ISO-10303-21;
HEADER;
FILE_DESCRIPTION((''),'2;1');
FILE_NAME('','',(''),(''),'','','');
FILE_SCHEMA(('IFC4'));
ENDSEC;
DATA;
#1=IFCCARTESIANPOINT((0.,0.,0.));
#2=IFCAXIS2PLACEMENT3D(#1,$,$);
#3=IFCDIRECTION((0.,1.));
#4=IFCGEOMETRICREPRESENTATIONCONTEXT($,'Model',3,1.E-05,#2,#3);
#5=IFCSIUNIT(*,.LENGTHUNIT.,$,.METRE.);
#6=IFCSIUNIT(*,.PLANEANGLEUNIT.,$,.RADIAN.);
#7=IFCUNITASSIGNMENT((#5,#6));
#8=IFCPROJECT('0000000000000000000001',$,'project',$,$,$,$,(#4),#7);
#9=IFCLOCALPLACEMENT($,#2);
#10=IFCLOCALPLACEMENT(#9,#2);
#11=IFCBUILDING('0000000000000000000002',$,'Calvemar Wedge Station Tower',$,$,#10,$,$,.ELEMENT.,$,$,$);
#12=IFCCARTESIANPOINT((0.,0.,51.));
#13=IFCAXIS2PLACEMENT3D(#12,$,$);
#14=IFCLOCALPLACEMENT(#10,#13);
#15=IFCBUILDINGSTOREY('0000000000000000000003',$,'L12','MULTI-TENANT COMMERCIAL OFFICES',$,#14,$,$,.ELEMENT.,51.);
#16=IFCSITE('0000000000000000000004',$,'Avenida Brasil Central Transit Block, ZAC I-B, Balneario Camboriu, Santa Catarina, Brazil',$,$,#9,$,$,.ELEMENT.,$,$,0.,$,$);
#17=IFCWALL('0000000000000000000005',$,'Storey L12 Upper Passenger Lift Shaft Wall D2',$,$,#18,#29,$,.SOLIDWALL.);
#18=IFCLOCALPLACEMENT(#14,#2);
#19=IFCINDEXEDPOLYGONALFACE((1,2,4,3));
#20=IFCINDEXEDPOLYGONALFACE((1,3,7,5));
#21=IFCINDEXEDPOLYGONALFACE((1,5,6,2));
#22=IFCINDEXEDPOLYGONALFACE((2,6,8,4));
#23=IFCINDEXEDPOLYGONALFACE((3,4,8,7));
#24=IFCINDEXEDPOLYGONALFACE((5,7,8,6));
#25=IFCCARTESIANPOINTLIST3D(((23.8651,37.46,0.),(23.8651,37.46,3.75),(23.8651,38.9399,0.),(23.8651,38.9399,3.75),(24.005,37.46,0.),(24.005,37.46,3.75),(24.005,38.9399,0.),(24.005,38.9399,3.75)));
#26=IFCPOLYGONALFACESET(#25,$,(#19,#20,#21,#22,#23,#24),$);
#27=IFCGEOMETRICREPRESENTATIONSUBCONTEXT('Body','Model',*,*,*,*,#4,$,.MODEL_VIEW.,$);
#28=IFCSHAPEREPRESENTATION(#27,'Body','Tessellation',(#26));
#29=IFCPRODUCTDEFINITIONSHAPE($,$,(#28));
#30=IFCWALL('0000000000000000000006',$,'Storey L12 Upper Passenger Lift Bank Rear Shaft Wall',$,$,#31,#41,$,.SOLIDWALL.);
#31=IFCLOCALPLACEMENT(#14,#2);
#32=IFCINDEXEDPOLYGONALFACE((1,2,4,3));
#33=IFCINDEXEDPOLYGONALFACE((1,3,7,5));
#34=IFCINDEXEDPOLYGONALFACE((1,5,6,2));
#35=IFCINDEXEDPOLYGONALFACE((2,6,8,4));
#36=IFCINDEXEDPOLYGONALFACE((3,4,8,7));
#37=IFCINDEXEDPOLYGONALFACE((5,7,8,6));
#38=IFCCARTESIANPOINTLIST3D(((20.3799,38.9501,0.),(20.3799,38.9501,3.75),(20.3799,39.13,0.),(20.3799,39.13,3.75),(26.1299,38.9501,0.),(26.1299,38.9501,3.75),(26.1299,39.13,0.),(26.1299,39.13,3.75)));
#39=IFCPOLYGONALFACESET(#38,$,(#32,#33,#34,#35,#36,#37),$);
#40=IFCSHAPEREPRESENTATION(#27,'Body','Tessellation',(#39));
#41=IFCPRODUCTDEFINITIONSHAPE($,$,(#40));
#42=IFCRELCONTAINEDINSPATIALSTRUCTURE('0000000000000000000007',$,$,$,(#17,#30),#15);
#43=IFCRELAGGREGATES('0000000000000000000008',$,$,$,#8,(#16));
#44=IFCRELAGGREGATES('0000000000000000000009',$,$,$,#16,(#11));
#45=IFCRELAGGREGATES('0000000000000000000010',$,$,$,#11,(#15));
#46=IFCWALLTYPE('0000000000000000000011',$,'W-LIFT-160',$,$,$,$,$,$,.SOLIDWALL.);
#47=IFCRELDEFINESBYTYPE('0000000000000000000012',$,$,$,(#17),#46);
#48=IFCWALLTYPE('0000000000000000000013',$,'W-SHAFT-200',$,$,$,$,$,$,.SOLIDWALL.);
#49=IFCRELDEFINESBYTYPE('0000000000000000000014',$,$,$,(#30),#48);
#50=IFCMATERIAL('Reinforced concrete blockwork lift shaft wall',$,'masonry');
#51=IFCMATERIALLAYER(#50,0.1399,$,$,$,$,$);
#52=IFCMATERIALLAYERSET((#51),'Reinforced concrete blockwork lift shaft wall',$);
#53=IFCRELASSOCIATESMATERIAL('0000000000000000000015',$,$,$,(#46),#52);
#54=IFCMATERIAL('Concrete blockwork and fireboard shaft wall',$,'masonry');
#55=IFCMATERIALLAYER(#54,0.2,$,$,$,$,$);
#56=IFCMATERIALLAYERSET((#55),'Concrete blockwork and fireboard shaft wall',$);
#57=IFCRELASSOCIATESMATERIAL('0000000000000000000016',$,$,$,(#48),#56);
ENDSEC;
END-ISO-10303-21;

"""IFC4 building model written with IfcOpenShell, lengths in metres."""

from ifc_helpers import new_model, si_unit, direction, frame, frame_2d, origin, place, context, subcontext, project, spatial, rectangle, extrude, material, layer, layer_set, type_object, element, save


model = new_model("IFC4")

# Units and contexts
model_context = context("Model", 3, precision=1e-05, world=origin(), true_north=direction((0.0, 1.0)))
body_context = subcontext(model_context, "Body", "Model", "MODEL_VIEW")
ifc_project = project(units=[si_unit("LENGTHUNIT", "METRE"), si_unit("PLANEANGLEUNIT", "RADIAN")], contexts=[model_context])

# Site, building, storey
site_placement = place(None, origin())
site = spatial("IfcSite", under=ifc_project, at=site_placement, Name="Avenida Brasil Central Transit Block, ZAC I-B, Balneario Camboriu, Santa Catarina, Brazil", CompositionType="ELEMENT", RefElevation=0.0)
building_placement = place(site_placement, origin())
building = spatial("IfcBuilding", under=site, at=building_placement, Name="Calvemar Wedge Station Tower", CompositionType="ELEMENT")
storey_placement = place(building_placement, frame((0.0, 0.0, 51.0)))
storey = spatial("IfcBuildingStorey", under=building, at=storey_placement, Name="L12", Description="MULTI-TENANT COMMERCIAL OFFICES", CompositionType="ELEMENT", Elevation=51.0)

# Shared definitions
ifc_material_1 = material(Name="Reinforced concrete blockwork lift shaft wall", Category="masonry")
ifc_layer_1 = layer(ifc_material_1, 0.1399)
ifc_layer_set_1 = layer_set([ifc_layer_1], Name="Reinforced concrete blockwork lift shaft wall")
wall_type_1 = type_object("IfcWallType", Name="W-LIFT-160", PredefinedType="SOLIDWALL", material=ifc_layer_set_1)

# Walls
for number, where, z_axis, x_axis, name in (
    (1, (23.9351, 37.46, 0.0), (0.0, 0.0, 1.0), (0.0, 1.0, 0.0), "Storey L12 Upper Passenger Lift Shaft Wall D2"),
):
    element("IfcWall", number, at=place(storey_placement, frame(where, z_axis=z_axis, x_axis=x_axis)), inside=storey, type_object=wall_type_1, Name=name, PredefinedType="SOLIDWALL", context=body_context, shape_type="SweptSolid", body=[
        extrude(rectangle(XDim=1.48, YDim=0.1399, at=frame_2d((0.74, 0.0))), origin(), (0.0, 0.0, 1.0), 3.75),
    ])
ifc_material_2 = material(Name="Concrete blockwork and fireboard shaft wall", Category="masonry")
ifc_layer_2 = layer(ifc_material_2, 0.2)
ifc_layer_set_2 = layer_set([ifc_layer_2], Name="Concrete blockwork and fireboard shaft wall")
wall_type_2 = type_object("IfcWallType", Name="W-SHAFT-200", PredefinedType="SOLIDWALL", material=ifc_layer_set_2)
wall_1_placement = place(storey_placement, frame((20.3799, 39.04, 0.0), z_axis=(0.0, 0.0, 1.0), x_axis=(1.0, 0.0, 0.0)))
element("IfcWall", 2, at=wall_1_placement, inside=storey, type_object=wall_type_2, Name="Storey L12 Upper Passenger Lift Bank Rear Shaft Wall", PredefinedType="SOLIDWALL", context=body_context, shape_type="SweptSolid", body=[
    extrude(rectangle(XDim=5.75, YDim=0.1799, at=frame_2d((2.875, 0.0))), origin(), (0.0, 0.0, 1.0), 3.75),
])

save(model, "model.ifc")
